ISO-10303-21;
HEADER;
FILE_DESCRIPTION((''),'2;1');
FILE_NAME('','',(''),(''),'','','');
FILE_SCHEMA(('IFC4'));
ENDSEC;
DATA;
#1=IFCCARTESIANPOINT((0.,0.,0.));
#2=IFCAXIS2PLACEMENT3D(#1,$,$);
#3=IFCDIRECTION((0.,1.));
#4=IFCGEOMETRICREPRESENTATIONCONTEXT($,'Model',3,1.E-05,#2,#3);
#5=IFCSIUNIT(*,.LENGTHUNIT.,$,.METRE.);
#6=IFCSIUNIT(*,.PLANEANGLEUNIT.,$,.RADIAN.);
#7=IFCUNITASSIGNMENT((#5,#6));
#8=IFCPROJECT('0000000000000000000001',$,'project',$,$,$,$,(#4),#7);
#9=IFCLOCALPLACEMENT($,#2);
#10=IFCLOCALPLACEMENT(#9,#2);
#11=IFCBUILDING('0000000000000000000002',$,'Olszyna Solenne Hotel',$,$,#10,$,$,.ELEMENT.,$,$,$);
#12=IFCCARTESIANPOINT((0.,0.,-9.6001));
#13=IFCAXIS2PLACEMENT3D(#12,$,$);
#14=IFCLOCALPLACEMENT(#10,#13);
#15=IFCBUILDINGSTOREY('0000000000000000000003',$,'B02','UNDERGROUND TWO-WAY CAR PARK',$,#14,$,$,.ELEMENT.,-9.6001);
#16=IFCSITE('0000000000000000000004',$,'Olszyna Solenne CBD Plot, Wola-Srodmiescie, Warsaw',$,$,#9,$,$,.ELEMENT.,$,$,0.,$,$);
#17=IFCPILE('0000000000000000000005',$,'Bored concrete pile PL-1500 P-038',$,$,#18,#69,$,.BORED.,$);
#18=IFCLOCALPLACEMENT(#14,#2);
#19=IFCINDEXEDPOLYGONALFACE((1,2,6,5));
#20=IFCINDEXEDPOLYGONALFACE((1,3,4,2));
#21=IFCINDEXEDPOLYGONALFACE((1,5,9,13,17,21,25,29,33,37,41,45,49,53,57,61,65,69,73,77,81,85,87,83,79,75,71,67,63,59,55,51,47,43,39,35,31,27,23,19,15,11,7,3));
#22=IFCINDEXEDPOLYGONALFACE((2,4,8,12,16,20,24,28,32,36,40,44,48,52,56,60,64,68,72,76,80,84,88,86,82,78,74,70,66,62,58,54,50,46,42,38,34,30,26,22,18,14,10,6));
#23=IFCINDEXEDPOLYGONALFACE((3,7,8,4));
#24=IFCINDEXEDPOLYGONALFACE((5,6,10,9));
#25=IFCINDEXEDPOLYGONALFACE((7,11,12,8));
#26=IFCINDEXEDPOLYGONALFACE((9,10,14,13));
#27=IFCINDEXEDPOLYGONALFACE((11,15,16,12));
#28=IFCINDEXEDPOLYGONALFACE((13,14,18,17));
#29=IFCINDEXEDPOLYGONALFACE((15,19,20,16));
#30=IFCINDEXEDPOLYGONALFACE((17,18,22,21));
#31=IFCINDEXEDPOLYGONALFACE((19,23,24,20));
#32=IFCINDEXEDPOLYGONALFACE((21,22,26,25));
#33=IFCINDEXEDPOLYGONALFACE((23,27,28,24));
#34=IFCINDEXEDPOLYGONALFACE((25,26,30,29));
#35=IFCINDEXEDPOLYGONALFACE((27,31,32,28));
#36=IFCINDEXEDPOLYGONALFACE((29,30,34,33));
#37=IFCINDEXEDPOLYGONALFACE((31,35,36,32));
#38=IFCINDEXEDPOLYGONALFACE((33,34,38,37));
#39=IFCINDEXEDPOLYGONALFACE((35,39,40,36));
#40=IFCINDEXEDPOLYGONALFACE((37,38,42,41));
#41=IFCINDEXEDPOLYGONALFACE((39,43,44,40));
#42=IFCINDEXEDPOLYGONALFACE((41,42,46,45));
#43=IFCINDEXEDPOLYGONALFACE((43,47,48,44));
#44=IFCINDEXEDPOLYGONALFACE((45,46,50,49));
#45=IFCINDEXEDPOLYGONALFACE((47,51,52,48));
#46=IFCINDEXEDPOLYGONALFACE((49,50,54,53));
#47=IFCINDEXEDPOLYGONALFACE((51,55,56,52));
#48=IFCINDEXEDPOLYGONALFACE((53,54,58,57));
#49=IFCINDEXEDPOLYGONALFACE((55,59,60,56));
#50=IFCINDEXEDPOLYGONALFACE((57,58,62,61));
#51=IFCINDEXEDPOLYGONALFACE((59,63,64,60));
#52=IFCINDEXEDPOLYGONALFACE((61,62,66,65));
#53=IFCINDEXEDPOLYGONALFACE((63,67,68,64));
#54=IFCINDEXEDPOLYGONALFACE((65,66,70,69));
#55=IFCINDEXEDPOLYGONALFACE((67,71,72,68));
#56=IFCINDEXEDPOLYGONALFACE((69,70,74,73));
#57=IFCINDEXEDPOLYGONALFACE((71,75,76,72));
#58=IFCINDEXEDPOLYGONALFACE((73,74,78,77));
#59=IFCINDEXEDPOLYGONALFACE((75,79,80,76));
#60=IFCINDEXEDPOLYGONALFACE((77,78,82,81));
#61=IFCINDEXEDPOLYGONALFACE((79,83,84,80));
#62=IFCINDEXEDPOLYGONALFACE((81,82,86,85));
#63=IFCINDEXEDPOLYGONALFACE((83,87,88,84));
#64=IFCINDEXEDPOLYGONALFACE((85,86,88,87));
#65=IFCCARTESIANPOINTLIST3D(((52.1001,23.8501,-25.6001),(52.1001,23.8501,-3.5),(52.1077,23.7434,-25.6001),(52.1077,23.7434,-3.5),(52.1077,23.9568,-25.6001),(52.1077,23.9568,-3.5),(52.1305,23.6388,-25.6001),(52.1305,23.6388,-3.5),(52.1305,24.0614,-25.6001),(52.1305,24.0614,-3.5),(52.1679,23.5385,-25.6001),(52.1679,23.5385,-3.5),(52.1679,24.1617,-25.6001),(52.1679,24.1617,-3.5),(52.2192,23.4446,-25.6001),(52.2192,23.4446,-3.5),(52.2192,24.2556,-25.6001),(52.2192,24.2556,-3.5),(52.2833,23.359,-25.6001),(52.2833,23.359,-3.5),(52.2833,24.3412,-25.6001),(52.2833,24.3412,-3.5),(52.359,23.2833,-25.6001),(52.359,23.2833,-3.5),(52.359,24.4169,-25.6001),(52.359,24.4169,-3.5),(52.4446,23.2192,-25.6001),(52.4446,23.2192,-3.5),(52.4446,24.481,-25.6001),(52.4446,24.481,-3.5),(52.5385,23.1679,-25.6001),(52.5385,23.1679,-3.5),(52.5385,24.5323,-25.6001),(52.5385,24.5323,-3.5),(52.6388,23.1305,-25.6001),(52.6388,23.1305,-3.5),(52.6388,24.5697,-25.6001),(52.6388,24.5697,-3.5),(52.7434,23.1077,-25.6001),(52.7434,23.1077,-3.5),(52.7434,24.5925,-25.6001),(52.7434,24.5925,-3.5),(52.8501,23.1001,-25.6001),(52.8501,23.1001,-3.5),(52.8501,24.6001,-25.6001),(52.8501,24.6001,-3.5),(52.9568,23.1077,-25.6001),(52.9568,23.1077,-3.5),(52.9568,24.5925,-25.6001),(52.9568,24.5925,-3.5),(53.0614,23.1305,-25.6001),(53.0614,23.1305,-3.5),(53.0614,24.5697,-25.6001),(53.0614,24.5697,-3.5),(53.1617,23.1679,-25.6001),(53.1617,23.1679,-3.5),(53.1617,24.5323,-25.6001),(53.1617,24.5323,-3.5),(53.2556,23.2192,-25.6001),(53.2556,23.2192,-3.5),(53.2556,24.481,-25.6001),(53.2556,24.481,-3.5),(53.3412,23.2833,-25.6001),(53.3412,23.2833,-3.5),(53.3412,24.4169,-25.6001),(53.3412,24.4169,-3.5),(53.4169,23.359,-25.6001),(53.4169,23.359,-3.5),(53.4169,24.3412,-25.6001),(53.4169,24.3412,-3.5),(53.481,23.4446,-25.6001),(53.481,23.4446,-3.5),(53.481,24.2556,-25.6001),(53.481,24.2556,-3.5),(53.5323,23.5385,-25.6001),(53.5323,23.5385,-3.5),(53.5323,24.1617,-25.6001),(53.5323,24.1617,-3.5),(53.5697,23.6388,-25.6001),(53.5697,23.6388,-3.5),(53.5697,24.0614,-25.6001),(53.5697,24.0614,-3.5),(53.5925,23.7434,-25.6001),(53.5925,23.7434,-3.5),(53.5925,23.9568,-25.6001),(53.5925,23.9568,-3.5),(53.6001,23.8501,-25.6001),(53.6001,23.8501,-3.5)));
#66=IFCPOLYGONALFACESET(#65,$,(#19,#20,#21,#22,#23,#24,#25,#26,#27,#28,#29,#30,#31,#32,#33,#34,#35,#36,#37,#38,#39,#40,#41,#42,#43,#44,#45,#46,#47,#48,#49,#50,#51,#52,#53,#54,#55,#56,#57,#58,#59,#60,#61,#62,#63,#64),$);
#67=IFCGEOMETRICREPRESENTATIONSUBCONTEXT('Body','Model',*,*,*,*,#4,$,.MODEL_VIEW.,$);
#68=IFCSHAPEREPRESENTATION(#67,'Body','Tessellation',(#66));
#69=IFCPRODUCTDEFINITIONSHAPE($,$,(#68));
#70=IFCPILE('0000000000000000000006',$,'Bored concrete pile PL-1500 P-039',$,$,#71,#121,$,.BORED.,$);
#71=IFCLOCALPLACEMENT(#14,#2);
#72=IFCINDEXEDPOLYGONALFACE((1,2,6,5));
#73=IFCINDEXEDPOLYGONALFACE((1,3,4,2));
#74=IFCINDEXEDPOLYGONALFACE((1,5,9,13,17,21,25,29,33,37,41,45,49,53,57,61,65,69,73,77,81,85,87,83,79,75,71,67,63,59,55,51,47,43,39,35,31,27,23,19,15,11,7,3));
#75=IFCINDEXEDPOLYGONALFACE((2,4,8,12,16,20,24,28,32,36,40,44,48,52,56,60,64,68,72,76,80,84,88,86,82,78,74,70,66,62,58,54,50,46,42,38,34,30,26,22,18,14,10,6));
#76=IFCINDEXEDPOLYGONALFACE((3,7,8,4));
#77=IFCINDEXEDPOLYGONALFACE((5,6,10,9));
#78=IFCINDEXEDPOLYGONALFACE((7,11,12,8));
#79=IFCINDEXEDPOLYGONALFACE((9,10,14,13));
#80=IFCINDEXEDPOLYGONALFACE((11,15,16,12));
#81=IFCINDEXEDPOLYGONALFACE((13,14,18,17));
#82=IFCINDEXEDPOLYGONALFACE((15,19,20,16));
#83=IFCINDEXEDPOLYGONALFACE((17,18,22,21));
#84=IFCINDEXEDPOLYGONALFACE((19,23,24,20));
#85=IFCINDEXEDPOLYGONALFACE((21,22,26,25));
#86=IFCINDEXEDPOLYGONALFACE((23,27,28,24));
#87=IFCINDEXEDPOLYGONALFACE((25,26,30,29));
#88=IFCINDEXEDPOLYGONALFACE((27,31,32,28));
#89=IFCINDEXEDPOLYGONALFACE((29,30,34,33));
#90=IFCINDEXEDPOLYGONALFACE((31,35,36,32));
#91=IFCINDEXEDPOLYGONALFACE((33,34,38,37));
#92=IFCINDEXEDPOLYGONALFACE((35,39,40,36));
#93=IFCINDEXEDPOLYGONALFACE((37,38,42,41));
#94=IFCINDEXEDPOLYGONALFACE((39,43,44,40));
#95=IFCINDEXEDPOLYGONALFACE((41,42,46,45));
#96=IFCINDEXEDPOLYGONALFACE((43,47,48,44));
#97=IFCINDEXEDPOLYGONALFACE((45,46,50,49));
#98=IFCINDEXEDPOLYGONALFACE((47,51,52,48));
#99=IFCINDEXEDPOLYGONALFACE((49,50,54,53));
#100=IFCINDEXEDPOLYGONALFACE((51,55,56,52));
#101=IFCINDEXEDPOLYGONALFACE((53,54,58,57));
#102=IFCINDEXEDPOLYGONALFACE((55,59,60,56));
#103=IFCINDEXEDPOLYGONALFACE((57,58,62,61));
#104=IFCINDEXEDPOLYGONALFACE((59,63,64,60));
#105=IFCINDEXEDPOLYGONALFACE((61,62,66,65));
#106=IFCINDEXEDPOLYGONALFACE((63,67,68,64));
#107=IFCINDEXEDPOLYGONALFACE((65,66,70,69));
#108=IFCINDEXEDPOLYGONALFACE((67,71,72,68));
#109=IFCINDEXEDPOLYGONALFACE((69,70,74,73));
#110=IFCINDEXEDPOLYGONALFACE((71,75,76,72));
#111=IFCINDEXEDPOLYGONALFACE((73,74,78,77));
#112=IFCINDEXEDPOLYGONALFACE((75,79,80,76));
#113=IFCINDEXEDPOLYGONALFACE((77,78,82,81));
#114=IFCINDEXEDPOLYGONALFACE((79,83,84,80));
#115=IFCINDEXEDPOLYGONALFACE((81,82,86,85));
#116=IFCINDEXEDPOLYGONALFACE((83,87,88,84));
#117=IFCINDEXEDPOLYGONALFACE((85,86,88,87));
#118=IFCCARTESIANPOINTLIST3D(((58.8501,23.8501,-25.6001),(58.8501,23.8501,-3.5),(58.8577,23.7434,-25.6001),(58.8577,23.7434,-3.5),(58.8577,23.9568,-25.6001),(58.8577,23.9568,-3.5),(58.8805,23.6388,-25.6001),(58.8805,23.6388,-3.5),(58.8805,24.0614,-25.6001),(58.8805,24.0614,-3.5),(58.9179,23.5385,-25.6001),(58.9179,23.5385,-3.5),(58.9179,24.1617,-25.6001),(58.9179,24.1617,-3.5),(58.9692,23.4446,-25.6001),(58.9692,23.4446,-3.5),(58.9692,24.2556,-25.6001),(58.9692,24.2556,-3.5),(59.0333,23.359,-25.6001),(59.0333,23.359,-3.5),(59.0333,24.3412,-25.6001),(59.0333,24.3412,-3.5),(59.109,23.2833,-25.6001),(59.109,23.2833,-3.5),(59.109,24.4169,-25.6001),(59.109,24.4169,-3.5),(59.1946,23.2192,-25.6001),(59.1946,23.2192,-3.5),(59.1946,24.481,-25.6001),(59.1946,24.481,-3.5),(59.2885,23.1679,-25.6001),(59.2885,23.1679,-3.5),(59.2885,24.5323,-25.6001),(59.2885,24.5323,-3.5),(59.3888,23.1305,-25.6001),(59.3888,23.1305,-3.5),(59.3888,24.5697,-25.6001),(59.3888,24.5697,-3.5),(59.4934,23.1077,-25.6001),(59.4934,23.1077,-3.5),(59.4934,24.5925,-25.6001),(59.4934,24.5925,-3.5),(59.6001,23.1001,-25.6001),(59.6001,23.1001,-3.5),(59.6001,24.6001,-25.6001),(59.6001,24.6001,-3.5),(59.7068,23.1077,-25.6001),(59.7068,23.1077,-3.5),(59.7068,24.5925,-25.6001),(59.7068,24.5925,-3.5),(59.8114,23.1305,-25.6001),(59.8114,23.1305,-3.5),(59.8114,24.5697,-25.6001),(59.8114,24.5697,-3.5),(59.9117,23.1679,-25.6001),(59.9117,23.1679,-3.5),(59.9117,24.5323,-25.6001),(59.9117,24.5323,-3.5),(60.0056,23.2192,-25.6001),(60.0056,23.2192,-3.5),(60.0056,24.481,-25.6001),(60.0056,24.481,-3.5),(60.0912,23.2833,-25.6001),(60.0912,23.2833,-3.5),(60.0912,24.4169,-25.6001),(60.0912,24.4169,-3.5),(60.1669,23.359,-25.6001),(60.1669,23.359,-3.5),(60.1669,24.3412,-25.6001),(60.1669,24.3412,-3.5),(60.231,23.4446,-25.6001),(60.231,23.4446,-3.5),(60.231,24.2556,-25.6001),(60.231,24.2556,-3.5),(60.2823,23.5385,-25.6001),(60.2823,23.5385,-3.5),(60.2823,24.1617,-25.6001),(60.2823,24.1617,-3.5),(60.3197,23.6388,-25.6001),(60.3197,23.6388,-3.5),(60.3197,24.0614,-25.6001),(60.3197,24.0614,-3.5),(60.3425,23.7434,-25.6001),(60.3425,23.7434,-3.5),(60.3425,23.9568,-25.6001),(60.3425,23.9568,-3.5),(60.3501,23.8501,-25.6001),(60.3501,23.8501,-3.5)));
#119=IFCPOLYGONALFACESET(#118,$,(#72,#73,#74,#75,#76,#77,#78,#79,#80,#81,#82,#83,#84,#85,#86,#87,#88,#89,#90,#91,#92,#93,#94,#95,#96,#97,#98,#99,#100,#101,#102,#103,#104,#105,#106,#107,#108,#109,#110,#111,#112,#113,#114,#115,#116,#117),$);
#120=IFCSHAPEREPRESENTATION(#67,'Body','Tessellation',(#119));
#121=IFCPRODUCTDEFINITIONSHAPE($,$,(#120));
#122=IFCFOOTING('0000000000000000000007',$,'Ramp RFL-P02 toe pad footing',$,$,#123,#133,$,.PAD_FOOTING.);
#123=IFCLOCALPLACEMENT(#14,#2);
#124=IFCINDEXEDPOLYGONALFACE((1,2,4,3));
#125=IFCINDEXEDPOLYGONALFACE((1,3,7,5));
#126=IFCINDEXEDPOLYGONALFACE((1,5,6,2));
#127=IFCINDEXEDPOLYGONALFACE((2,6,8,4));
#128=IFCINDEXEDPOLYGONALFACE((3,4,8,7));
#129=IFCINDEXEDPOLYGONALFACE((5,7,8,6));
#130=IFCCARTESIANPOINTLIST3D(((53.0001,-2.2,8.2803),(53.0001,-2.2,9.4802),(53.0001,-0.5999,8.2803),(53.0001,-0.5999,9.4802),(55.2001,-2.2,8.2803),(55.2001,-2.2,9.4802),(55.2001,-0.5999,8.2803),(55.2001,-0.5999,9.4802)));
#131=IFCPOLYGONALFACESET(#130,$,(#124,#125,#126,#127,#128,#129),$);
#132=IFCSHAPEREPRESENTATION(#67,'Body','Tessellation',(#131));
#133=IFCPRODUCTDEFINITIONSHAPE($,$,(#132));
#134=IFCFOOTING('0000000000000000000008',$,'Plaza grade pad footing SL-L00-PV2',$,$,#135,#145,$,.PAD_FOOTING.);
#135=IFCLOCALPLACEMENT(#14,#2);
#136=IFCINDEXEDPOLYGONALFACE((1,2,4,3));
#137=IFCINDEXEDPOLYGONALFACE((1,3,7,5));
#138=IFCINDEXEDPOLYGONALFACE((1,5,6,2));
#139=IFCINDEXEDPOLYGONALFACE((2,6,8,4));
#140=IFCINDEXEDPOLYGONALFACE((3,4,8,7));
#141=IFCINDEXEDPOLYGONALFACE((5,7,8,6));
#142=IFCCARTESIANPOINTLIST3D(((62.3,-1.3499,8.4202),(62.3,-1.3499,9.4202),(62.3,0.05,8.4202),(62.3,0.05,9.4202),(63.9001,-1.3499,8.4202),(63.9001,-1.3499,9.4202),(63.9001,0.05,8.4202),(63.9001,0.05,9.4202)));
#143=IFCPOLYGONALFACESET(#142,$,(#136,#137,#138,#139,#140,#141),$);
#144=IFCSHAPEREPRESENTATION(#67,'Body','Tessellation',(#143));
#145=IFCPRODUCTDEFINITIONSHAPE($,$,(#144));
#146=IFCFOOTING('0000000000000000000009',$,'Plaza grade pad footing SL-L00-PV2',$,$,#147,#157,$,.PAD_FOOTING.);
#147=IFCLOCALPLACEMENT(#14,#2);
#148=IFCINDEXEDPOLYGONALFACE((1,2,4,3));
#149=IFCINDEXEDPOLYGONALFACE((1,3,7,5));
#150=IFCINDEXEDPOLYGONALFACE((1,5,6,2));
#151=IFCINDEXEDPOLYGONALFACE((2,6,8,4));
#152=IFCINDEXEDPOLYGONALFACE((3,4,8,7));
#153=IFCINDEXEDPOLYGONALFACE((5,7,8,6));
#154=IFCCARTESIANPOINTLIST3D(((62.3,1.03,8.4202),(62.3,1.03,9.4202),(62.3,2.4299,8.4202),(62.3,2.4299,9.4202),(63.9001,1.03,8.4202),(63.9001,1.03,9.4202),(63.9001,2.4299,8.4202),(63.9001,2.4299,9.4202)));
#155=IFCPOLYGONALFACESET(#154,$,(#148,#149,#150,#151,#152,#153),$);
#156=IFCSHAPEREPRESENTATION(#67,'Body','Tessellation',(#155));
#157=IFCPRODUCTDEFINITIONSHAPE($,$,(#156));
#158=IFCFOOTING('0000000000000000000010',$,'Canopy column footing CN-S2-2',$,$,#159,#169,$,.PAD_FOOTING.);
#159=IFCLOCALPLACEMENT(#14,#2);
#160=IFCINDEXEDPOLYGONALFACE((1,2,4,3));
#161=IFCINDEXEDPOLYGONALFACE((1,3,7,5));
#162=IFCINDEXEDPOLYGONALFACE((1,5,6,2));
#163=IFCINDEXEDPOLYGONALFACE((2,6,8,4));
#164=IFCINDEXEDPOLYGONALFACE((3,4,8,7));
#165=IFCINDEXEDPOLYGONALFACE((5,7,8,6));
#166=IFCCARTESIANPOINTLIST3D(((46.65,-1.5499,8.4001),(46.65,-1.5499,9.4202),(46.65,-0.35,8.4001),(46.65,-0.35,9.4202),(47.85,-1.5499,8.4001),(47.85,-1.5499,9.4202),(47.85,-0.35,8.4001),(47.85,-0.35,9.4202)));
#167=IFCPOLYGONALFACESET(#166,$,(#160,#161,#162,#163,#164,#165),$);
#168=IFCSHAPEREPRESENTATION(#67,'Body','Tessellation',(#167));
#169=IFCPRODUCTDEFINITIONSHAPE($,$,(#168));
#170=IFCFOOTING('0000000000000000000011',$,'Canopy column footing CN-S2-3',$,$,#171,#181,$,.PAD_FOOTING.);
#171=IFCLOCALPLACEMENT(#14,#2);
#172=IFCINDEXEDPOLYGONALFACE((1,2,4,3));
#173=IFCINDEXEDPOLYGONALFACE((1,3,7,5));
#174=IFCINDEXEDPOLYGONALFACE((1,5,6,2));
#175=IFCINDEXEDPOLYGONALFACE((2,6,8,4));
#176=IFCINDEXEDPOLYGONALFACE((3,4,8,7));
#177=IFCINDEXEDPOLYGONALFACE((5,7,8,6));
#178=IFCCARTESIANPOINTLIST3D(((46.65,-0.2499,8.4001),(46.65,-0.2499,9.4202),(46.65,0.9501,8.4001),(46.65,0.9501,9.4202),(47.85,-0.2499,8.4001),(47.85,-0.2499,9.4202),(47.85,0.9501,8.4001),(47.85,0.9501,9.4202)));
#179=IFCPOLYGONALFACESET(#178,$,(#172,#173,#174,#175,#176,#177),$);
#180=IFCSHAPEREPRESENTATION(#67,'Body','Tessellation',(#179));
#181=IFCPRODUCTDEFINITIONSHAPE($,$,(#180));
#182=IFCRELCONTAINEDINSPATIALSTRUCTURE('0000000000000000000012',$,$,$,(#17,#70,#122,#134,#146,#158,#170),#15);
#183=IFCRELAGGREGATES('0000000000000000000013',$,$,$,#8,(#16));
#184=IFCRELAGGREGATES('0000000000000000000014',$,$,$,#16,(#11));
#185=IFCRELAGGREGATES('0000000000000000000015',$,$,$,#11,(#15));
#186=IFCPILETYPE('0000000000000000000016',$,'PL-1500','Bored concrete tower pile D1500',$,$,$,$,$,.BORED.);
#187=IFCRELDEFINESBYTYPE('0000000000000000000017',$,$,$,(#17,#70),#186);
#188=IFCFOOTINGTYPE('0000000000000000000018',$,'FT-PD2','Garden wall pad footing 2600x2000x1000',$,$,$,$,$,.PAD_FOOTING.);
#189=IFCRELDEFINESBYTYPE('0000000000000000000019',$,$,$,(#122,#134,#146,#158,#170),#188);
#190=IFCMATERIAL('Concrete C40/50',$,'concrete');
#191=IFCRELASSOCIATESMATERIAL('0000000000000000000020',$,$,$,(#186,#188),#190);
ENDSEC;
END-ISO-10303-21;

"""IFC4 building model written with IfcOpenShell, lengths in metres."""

from ifc_helpers import new_model, si_unit, direction, frame, origin, origin_2d, place, context, subcontext, project, spatial, rectangle, circle, extrude, source, transform, mapped, material, material_profile, profile_set, type_object, element, save


model = new_model("IFC4")

# Units and contexts
model_context = context("Model", 3, precision=1e-05, world=origin(), true_north=direction((0.0, 1.0)))
body_context = subcontext(model_context, "Body", "Model", "MODEL_VIEW")
ifc_project = project(units=[si_unit("LENGTHUNIT", "METRE"), si_unit("PLANEANGLEUNIT", "RADIAN")], contexts=[model_context])

# Site, building, storey
site_placement = place(None, origin())
site = spatial("IfcSite", under=ifc_project, at=site_placement, Name="Olszyna Solenne CBD Plot, Wola-Srodmiescie, Warsaw", CompositionType="ELEMENT", RefElevation=0.0)
building_placement = place(site_placement, origin())
building = spatial("IfcBuilding", under=site, at=building_placement, Name="Olszyna Solenne Hotel", CompositionType="ELEMENT")
storey_placement = place(building_placement, frame((0.0, 0.0, -9.6001)))
storey = spatial("IfcBuildingStorey", under=building, at=storey_placement, Name="B02", Description="UNDERGROUND TWO-WAY CAR PARK", CompositionType="ELEMENT", Elevation=-9.6001)

# Piles
ifc_material_1 = material(Name="Concrete C40/50", Category="concrete")
ifc_material_profile_1 = material_profile(ifc_material_1, circle(Radius=0.75, at=origin_2d()), Name="BORED PILE 1500", Category="load-bearing")
ifc_profile_set_1 = profile_set([ifc_material_profile_1], Name="Concrete C40/50")
pile_type_1 = type_object("IfcPileType", Name="PL-1500", Description="Bored concrete tower pile D1500", PredefinedType="BORED", material=ifc_profile_set_1)
shared_shape_1 = source(origin(), body_context, "Body", "SweptSolid", [
    extrude(circle(Radius=0.75, at=origin_2d()), origin(), (0.0, 0.0, 1.0), 22.1001),
])
for number, where, z_axis, x_axis, name in (
    (1, (52.8501, 23.8501, -3.5), (0.0, 0.0, -1.0), (1.0, 0.0, 0.0), "Bored concrete pile PL-1500 P-038"),
    (2, (59.6001, 23.8501, -3.5), (0.0, 0.0, -1.0), (1.0, 0.0, 0.0), "Bored concrete pile PL-1500 P-039"),
):
    element("IfcPile", number, at=place(storey_placement, frame(where, z_axis=z_axis, x_axis=x_axis)), inside=storey, type_object=pile_type_1, Name=name, PredefinedType="BORED", context=body_context, shape_type="MappedRepresentation", body=[
        mapped(shared_shape_1, transform((0.0, 0.0, 0.0), x_axis=(1.0, 0.0, 0.0), y_axis=(0.0, 1.0, 0.0), z_axis=(0.0, 0.0, 1.0), scale=1.0)),
    ])

# Footings
footing_type = type_object("IfcFootingType", Name="FT-PD2", Description="Garden wall pad footing 2600x2000x1000", PredefinedType="PAD_FOOTING", material=ifc_material_1)
shared_shape_2 = source(origin(), body_context, "Body", "SweptSolid", [
    extrude(rectangle(XDim=2.2, YDim=1.6001, at=origin_2d()), origin(), (0.0, 0.0, 1.0), 1.2),
])
footing_placement = place(storey_placement, frame((54.1001, -1.3999, 8.2803), z_axis=(0.0, 0.0, 1.0), x_axis=(1.0, 0.0, 0.0)))
element("IfcFooting", 3, at=footing_placement, inside=storey, type_object=footing_type, Name="Ramp RFL-P02 toe pad footing", PredefinedType="PAD_FOOTING", context=body_context, shape_type="MappedRepresentation", body=[
    mapped(shared_shape_2, transform((0.0, 0.0, 0.0), x_axis=(1.0, 0.0, 0.0), y_axis=(0.0, 1.0, 0.0), z_axis=(0.0, 0.0, 1.0), scale=1.0)),
])
shared_shape_3 = source(origin(), body_context, "Body", "SweptSolid", [
    extrude(rectangle(XDim=1.6001, YDim=1.3999, at=origin_2d()), origin(), (0.0, 0.0, 1.0), 1.0),
])
for number, where, z_axis, x_axis, name in (
    (4, (63.1001, -0.6499, 8.4202), (0.0, 0.0, 1.0), (1.0, 0.0, 0.0), "Plaza grade pad footing SL-L00-PV2"),
    (5, (63.1001, 1.73, 8.4202), (0.0, 0.0, 1.0), (1.0, 0.0, 0.0), "Plaza grade pad footing SL-L00-PV2"),
):
    element("IfcFooting", number, at=place(storey_placement, frame(where, z_axis=z_axis, x_axis=x_axis)), inside=storey, type_object=footing_type, Name=name, PredefinedType="PAD_FOOTING", context=body_context, shape_type="MappedRepresentation", body=[
        mapped(shared_shape_3, transform((0.0, 0.0, 0.0), x_axis=(1.0, 0.0, 0.0), y_axis=(0.0, 1.0, 0.0), z_axis=(0.0, 0.0, 1.0), scale=1.0)),
    ])
shared_shape_4 = source(origin(), body_context, "Body", "SweptSolid", [
    extrude(rectangle(XDim=1.2, YDim=1.2, at=origin_2d()), origin(), (0.0, 0.0, 1.0), 1.02),
])
for number, where, z_axis, x_axis, name in (
    (6, (47.25, -0.95, 8.4001), (0.0, 0.0, 1.0), (1.0, 0.0, 0.0), "Canopy column footing CN-S2-2"),
    (7, (47.25, 0.3501, 8.4001), (0.0, 0.0, 1.0), (1.0, 0.0, 0.0), "Canopy column footing CN-S2-3"),
):
    element("IfcFooting", number, at=place(storey_placement, frame(where, z_axis=z_axis, x_axis=x_axis)), inside=storey, type_object=footing_type, Name=name, PredefinedType="PAD_FOOTING", context=body_context, shape_type="MappedRepresentation", body=[
        mapped(shared_shape_4, transform((0.0, 0.0, 0.0), x_axis=(1.0, 0.0, 0.0), y_axis=(0.0, 1.0, 0.0), z_axis=(0.0, 0.0, 1.0), scale=1.0)),
    ])

save(model, "model.ifc")
